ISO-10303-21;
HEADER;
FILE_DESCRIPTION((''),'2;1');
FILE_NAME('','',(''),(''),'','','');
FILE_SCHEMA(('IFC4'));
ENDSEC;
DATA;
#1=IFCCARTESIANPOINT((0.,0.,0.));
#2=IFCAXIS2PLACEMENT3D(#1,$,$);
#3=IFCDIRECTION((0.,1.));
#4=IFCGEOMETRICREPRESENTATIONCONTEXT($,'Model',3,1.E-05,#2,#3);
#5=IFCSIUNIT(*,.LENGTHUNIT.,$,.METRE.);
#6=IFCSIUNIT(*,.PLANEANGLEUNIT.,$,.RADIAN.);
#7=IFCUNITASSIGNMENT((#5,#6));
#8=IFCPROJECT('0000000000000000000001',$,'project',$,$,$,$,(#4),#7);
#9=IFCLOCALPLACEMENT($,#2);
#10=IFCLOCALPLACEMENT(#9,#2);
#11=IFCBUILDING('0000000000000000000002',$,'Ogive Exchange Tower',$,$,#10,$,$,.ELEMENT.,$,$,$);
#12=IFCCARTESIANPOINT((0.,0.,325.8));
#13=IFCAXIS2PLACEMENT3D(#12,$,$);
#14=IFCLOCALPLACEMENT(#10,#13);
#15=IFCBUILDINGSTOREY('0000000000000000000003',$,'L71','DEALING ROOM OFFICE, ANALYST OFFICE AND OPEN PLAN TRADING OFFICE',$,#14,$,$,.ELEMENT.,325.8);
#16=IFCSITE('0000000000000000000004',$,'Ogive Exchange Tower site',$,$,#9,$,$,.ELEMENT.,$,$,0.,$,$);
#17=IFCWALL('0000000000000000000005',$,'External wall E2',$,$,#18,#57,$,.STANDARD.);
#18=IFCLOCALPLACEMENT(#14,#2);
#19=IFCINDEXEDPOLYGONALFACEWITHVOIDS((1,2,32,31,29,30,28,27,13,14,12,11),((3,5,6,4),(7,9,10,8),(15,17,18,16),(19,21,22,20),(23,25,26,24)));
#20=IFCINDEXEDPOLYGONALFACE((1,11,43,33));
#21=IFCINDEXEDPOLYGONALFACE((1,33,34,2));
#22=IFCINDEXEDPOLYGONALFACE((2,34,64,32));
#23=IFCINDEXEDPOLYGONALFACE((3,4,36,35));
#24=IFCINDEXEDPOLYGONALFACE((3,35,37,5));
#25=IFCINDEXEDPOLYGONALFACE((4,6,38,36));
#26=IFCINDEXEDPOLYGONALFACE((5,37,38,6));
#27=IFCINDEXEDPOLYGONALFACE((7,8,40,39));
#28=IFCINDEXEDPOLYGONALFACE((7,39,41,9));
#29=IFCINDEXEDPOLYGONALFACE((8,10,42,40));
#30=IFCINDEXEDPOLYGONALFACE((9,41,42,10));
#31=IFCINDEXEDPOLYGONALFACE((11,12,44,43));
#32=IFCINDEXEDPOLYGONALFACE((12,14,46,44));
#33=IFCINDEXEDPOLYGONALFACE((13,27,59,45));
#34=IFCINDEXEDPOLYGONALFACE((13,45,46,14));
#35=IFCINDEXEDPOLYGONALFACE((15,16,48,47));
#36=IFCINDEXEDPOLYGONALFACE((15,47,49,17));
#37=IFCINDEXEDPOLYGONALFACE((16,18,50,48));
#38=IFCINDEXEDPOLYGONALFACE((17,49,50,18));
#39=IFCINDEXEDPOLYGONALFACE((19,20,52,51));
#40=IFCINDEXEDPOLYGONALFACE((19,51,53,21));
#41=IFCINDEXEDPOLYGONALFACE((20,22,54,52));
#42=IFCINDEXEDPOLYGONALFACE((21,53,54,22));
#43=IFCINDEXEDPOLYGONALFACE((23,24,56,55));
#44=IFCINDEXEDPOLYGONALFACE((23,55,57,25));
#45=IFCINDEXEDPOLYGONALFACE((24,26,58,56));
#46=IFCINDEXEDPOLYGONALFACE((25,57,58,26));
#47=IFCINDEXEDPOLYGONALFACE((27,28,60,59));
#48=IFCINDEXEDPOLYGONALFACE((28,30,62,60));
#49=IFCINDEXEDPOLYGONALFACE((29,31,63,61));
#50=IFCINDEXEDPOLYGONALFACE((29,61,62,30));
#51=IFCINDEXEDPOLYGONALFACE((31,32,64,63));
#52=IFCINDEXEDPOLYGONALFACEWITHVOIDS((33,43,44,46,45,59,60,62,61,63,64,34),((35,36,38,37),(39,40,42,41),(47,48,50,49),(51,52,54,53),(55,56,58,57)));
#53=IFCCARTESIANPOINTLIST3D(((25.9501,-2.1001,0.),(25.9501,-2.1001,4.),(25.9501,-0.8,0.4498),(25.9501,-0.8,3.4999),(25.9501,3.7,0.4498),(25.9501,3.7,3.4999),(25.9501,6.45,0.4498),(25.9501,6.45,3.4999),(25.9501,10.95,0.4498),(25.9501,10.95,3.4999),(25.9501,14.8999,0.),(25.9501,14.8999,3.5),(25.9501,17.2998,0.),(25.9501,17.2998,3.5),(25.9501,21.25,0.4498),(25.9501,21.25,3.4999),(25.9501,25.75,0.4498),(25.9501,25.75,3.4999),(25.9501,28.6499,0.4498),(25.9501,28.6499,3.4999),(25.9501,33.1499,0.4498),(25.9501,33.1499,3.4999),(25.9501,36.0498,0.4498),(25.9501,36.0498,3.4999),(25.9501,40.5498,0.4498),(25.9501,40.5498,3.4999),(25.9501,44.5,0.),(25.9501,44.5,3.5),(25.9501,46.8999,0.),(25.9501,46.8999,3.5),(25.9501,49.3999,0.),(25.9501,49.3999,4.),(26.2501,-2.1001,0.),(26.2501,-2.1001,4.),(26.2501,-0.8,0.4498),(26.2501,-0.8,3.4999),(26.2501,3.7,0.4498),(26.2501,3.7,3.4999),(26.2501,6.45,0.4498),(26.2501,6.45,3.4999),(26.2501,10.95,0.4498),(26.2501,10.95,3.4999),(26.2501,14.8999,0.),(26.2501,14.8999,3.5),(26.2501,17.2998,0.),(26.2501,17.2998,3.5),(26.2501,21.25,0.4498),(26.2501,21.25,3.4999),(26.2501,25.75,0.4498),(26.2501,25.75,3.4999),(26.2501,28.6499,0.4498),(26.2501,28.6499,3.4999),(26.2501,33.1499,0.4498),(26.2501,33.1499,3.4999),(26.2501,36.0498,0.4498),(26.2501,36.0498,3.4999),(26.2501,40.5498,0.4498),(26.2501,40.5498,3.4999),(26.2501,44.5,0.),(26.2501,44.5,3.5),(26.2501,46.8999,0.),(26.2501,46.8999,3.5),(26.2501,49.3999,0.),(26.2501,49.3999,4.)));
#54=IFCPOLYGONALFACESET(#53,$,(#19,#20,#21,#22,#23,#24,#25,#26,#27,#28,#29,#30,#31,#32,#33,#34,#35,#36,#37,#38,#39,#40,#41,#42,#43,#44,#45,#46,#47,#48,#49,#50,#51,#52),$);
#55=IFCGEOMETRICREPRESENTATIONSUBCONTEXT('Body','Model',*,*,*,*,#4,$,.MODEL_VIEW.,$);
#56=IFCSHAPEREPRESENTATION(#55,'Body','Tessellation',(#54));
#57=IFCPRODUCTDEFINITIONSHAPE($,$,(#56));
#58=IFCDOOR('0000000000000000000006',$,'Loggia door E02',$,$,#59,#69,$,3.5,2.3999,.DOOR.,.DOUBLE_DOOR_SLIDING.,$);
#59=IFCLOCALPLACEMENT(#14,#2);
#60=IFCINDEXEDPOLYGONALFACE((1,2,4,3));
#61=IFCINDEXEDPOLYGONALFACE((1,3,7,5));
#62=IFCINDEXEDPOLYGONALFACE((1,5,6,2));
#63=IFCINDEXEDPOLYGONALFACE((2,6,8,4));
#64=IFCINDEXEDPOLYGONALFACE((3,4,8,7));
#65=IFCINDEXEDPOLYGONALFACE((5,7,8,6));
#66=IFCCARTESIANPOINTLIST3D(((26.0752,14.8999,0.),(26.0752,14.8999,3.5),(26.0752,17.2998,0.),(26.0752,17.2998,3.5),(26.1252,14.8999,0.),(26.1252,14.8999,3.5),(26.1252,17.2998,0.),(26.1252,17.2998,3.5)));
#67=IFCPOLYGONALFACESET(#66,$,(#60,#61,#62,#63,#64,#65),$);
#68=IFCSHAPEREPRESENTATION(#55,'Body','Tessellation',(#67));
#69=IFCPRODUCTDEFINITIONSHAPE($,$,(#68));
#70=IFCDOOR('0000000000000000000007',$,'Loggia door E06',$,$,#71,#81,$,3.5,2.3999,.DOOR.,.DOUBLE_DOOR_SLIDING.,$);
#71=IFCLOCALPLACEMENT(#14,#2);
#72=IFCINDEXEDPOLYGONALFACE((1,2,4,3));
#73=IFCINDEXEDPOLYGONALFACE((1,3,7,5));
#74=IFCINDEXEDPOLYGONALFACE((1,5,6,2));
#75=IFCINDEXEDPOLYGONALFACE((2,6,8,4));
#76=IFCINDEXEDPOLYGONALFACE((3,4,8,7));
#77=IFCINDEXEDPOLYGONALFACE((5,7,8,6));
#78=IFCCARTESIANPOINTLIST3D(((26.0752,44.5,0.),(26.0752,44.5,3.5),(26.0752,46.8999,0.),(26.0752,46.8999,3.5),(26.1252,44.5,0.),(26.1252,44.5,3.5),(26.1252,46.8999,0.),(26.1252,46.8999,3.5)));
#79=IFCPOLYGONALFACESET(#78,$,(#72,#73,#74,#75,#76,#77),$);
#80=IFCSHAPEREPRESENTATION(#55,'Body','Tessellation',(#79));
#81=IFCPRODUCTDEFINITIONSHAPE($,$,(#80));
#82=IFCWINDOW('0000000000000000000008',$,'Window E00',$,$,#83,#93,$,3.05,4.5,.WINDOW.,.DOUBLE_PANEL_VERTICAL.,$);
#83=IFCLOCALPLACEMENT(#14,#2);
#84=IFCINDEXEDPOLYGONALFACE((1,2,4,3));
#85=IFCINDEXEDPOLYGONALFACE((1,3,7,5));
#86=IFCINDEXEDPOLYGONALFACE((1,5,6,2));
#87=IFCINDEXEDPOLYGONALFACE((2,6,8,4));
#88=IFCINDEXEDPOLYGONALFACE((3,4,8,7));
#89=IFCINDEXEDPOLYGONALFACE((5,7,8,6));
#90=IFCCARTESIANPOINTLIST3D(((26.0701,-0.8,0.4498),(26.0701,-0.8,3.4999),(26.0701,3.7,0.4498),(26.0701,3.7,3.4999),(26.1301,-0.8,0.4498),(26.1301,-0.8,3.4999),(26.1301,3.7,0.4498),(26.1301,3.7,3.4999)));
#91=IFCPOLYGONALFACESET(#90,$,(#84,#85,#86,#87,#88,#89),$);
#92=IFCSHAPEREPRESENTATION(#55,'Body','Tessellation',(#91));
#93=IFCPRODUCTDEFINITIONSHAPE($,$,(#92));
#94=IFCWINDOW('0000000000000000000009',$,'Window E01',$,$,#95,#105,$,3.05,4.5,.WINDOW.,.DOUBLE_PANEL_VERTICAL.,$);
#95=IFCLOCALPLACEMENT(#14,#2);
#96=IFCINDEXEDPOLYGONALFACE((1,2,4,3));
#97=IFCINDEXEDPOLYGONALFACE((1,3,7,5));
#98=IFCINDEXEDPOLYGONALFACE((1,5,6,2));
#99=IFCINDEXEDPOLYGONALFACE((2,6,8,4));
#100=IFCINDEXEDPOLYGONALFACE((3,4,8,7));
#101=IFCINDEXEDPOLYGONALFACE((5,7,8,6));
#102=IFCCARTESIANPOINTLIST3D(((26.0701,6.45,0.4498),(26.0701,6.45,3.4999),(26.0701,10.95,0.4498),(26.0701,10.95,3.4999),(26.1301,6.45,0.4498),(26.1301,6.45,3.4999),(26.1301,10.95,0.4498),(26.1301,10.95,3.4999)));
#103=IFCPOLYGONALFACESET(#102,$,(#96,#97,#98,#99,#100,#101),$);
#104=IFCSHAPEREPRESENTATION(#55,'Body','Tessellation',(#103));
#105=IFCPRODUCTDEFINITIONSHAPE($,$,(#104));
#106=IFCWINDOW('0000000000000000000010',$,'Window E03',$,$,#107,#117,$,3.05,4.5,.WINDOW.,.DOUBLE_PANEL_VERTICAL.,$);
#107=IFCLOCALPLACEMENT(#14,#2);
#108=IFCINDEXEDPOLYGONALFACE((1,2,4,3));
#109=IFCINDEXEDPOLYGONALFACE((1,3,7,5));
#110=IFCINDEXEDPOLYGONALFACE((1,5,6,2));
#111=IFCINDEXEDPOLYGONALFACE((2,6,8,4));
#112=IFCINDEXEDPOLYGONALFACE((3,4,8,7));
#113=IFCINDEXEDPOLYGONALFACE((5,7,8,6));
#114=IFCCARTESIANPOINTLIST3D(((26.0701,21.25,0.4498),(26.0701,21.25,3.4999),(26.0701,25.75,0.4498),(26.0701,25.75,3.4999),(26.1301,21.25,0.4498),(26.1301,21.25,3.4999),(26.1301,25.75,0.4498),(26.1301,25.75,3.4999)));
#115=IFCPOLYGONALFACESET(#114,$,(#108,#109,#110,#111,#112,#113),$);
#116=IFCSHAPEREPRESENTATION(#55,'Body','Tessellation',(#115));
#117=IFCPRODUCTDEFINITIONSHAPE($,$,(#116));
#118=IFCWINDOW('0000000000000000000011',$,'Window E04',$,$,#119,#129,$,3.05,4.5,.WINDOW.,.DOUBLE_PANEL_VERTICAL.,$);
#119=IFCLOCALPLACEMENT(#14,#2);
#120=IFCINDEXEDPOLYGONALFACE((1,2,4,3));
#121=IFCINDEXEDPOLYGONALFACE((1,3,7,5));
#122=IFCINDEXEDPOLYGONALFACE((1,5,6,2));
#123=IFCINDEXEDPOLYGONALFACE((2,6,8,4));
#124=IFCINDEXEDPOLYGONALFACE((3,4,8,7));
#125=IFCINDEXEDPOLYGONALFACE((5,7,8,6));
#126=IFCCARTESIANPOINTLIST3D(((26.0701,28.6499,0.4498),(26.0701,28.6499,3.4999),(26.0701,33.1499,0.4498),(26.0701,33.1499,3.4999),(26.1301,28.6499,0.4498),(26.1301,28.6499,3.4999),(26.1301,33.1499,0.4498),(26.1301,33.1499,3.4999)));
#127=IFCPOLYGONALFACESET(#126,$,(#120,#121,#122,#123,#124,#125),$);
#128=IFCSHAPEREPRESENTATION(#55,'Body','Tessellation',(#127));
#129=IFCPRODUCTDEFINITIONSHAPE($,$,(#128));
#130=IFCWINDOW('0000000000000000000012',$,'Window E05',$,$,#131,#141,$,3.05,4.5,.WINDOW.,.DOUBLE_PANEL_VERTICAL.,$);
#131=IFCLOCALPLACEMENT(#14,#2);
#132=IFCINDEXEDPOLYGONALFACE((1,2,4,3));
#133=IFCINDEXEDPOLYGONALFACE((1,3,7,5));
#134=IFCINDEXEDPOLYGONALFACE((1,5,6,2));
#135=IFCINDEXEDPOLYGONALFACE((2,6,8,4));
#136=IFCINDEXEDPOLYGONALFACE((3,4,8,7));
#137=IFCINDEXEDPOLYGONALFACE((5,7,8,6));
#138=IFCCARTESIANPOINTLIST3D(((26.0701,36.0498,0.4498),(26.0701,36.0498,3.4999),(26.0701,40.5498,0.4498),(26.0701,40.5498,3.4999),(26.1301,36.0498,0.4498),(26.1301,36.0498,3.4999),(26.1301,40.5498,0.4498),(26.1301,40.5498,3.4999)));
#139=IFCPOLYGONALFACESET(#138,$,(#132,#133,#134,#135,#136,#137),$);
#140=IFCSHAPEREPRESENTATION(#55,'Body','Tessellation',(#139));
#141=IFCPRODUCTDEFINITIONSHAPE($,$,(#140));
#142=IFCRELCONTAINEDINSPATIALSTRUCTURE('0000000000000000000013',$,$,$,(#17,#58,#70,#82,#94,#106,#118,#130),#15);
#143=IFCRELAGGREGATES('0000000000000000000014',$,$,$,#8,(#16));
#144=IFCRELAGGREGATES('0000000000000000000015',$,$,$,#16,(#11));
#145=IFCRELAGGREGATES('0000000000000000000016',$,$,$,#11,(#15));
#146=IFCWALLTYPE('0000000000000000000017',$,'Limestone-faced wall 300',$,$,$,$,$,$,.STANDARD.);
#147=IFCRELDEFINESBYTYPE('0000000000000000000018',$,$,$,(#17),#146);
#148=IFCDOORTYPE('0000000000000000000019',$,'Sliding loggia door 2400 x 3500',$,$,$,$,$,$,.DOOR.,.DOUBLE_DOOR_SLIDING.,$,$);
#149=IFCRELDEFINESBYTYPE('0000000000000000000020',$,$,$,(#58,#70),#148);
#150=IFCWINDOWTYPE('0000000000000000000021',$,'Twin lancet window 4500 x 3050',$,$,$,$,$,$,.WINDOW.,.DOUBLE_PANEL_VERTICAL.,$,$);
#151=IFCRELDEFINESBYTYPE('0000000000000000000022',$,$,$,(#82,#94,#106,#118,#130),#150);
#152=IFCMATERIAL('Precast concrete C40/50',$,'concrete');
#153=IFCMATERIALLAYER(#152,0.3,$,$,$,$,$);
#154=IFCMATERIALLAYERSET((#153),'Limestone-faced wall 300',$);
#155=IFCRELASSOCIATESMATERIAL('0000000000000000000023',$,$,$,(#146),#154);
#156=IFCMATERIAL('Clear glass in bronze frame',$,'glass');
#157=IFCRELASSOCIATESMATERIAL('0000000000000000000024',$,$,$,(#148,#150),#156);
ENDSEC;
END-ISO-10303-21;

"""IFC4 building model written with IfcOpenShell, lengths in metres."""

from ifc_helpers import new_model, si_unit, direction, frame, frame_2d, origin, place, context, subcontext, project, spatial, rectangle, extrude, material, layer, layer_set, type_object, element, fill, save


model = new_model("IFC4")

# Units and contexts
model_context = context("Model", 3, precision=1e-05, world=origin(), true_north=direction((0.0, 1.0)))
body_context = subcontext(model_context, "Body", "Model", "MODEL_VIEW")
ifc_project = project(units=[si_unit("LENGTHUNIT", "METRE"), si_unit("PLANEANGLEUNIT", "RADIAN")], contexts=[model_context])

# Site, building, storey
site_placement = place(None, origin())
site = spatial("IfcSite", under=ifc_project, at=site_placement, Name="Ogive Exchange Tower site", CompositionType="ELEMENT", RefElevation=0.0)
building_placement = place(site_placement, origin())
building = spatial("IfcBuilding", under=site, at=building_placement, Name="Ogive Exchange Tower", CompositionType="ELEMENT")
storey_placement = place(building_placement, frame((0.0, 0.0, 325.8)))
storey = spatial("IfcBuildingStorey", under=building, at=storey_placement, Name="L71", Description="DEALING ROOM OFFICE, ANALYST OFFICE AND OPEN PLAN TRADING OFFICE", CompositionType="ELEMENT", Elevation=325.8)

# Wall, openings, doors, windows
ifc_material_1 = material(Name="Precast concrete C40/50", Category="concrete")
ifc_layer_1 = layer(ifc_material_1, 0.3)
ifc_layer_set_1 = layer_set([ifc_layer_1], Name="Limestone-faced wall 300")
wall_type_1 = type_object("IfcWallType", Name="Limestone-faced wall 300", PredefinedType="STANDARD", material=ifc_layer_set_1)
wall_1_placement = place(storey_placement, frame((26.1001, -2.1001, 0.0), z_axis=(0.0, 0.0, 1.0), x_axis=(0.0, 1.0, 0.0)))
wall_1 = element("IfcWall", 1, at=wall_1_placement, inside=storey, type_object=wall_type_1, Name="External wall E2", PredefinedType="STANDARD", context=body_context, shape_type="SweptSolid", body=[
    extrude(rectangle(XDim=51.5, YDim=0.3, at=frame_2d((25.75, 0.0))), origin(), (0.0, 0.0, 1.0), 4.0),
])
opening_1_placement = place(wall_1_placement, frame((1.3, 0.0, 0.45)))
opening_1 = element("IfcOpeningElement", 2, at=opening_1_placement, cuts=wall_1, PredefinedType="OPENING", context=body_context, shape_type="SweptSolid", body=[
    extrude(rectangle(XDim=4.5, YDim=3.05, at=frame_2d((2.25, 1.5249))), frame((0.0, 0.1599, 0.0), z_axis=(0.0, -1.0, 0.0), x_axis=(1.0, 0.0, 0.0)), (0.0, 0.0, 1.0), 0.3201),
])
opening_2_placement = place(wall_1_placement, frame((8.55, 0.0, 0.45)))
opening_2 = element("IfcOpeningElement", 3, at=opening_2_placement, cuts=wall_1, PredefinedType="OPENING", context=body_context, shape_type="SweptSolid", body=[
    extrude(rectangle(XDim=4.5, YDim=3.05, at=frame_2d((2.25, 1.5249))), frame((0.0, 0.1599, 0.0), z_axis=(0.0, -1.0, 0.0), x_axis=(1.0, 0.0, 0.0)), (0.0, 0.0, 1.0), 0.3201),
])
opening_3_placement = place(wall_1_placement, frame((17.0, 0.0, 0.0)))
opening_3 = element("IfcOpeningElement", 4, at=opening_3_placement, cuts=wall_1, PredefinedType="OPENING", context=body_context, shape_type="SweptSolid", body=[
    extrude(rectangle(XDim=2.3999, YDim=3.5, at=frame_2d((1.2, 1.75))), frame((0.0, 0.1599, 0.0), z_axis=(0.0, -1.0, 0.0), x_axis=(1.0, 0.0, 0.0)), (0.0, 0.0, 1.0), 0.3201),
])
opening_4_placement = place(wall_1_placement, frame((23.3501, 0.0, 0.45)))
opening_4 = element("IfcOpeningElement", 5, at=opening_4_placement, cuts=wall_1, PredefinedType="OPENING", context=body_context, shape_type="SweptSolid", body=[
    extrude(rectangle(XDim=4.5, YDim=3.05, at=frame_2d((2.25, 1.5249))), frame((0.0, 0.1599, 0.0), z_axis=(0.0, -1.0, 0.0), x_axis=(1.0, 0.0, 0.0)), (0.0, 0.0, 1.0), 0.3201),
])
opening_5_placement = place(wall_1_placement, frame((30.75, 0.0, 0.45)))
opening_5 = element("IfcOpeningElement", 6, at=opening_5_placement, cuts=wall_1, PredefinedType="OPENING", context=body_context, shape_type="SweptSolid", body=[
    extrude(rectangle(XDim=4.5, YDim=3.05, at=frame_2d((2.25, 1.5249))), frame((0.0, 0.1599, 0.0), z_axis=(0.0, -1.0, 0.0), x_axis=(1.0, 0.0, 0.0)), (0.0, 0.0, 1.0), 0.3201),
])
opening_6_placement = place(wall_1_placement, frame((38.1499, 0.0, 0.45)))
opening_6 = element("IfcOpeningElement", 7, at=opening_6_placement, cuts=wall_1, PredefinedType="OPENING", context=body_context, shape_type="SweptSolid", body=[
    extrude(rectangle(XDim=4.5, YDim=3.05, at=frame_2d((2.25, 1.5249))), frame((0.0, 0.1599, 0.0), z_axis=(0.0, -1.0, 0.0), x_axis=(1.0, 0.0, 0.0)), (0.0, 0.0, 1.0), 0.3201),
])
opening_7_placement = place(wall_1_placement, frame((46.6001, 0.0, 0.0)))
opening_7 = element("IfcOpeningElement", 8, at=opening_7_placement, cuts=wall_1, PredefinedType="OPENING", context=body_context, shape_type="SweptSolid", body=[
    extrude(rectangle(XDim=2.3999, YDim=3.5, at=frame_2d((1.2, 1.75))), frame((0.0, 0.1599, 0.0), z_axis=(0.0, -1.0, 0.0), x_axis=(1.0, 0.0, 0.0)), (0.0, 0.0, 1.0), 0.3201),
])
ifc_material_2 = material(Name="Clear glass in bronze frame", Category="glass")
door_type_1 = type_object("IfcDoorType", Name="Sliding loggia door 2400 x 3500", OperationType="DOUBLE_DOOR_SLIDING", PredefinedType="DOOR", material=ifc_material_2)
door_1_placement = place(opening_3_placement, origin())
door_1 = element("IfcDoor", 9, at=door_1_placement, inside=storey, type_object=door_type_1, Name="Loggia door E02", OperationType="DOUBLE_DOOR_SLIDING", OverallHeight=3.5, OverallWidth=2.3999, PredefinedType="DOOR", context=body_context, shape_type="SweptSolid", body=[
    extrude(rectangle(XDim=2.3999, YDim=3.5, at=frame_2d((1.2, 1.75))), frame((0.0, 0.0249, 0.0), z_axis=(0.0, -1.0, 0.0), x_axis=(1.0, 0.0, 0.0)), (0.0, 0.0, 1.0), 0.05),
])
fill(opening_3, door_1)
door_2_placement = place(opening_7_placement, origin())
door_2 = element("IfcDoor", 10, at=door_2_placement, inside=storey, type_object=door_type_1, Name="Loggia door E06", OperationType="DOUBLE_DOOR_SLIDING", OverallHeight=3.5, OverallWidth=2.3999, PredefinedType="DOOR", context=body_context, shape_type="SweptSolid", body=[
    extrude(rectangle(XDim=2.3999, YDim=3.5, at=frame_2d((1.2, 1.75))), frame((0.0, 0.0249, 0.0), z_axis=(0.0, -1.0, 0.0), x_axis=(1.0, 0.0, 0.0)), (0.0, 0.0, 1.0), 0.05),
])
fill(opening_7, door_2)
window_type = type_object("IfcWindowType", Name="Twin lancet window 4500 x 3050", PartitioningType="DOUBLE_PANEL_VERTICAL", PredefinedType="WINDOW", material=ifc_material_2)
window_1_placement = place(opening_1_placement, origin())
window_1 = element("IfcWindow", 11, at=window_1_placement, inside=storey, type_object=window_type, Name="Window E00", OverallHeight=3.05, OverallWidth=4.5, PartitioningType="DOUBLE_PANEL_VERTICAL", PredefinedType="WINDOW", context=body_context, shape_type="SweptSolid", body=[
    extrude(rectangle(XDim=4.5, YDim=3.05, at=frame_2d((2.25, 1.5249))), frame((0.0, 0.03, 0.0), z_axis=(0.0, -1.0, 0.0), x_axis=(1.0, 0.0, 0.0)), (0.0, 0.0, 1.0), 0.0601),
])
fill(opening_1, window_1)
window_2_placement = place(opening_2_placement, origin())
window_2 = element("IfcWindow", 12, at=window_2_placement, inside=storey, type_object=window_type, Name="Window E01", OverallHeight=3.05, OverallWidth=4.5, PartitioningType="DOUBLE_PANEL_VERTICAL", PredefinedType="WINDOW", context=body_context, shape_type="SweptSolid", body=[
    extrude(rectangle(XDim=4.5, YDim=3.05, at=frame_2d((2.25, 1.5249))), frame((0.0, 0.03, 0.0), z_axis=(0.0, -1.0, 0.0), x_axis=(1.0, 0.0, 0.0)), (0.0, 0.0, 1.0), 0.0601),
])
fill(opening_2, window_2)
window_3_placement = place(opening_4_placement, origin())
window_3 = element("IfcWindow", 13, at=window_3_placement, inside=storey, type_object=window_type, Name="Window E03", OverallHeight=3.05, OverallWidth=4.5, PartitioningType="DOUBLE_PANEL_VERTICAL", PredefinedType="WINDOW", context=body_context, shape_type="SweptSolid", body=[
    extrude(rectangle(XDim=4.5, YDim=3.05, at=frame_2d((2.25, 1.5249))), frame((0.0, 0.03, 0.0), z_axis=(0.0, -1.0, 0.0), x_axis=(1.0, 0.0, 0.0)), (0.0, 0.0, 1.0), 0.0601),
])
fill(opening_4, window_3)
window_4_placement = place(opening_5_placement, origin())
window_4 = element("IfcWindow", 14, at=window_4_placement, inside=storey, type_object=window_type, Name="Window E04", OverallHeight=3.05, OverallWidth=4.5, PartitioningType="DOUBLE_PANEL_VERTICAL", PredefinedType="WINDOW", context=body_context, shape_type="SweptSolid", body=[
    extrude(rectangle(XDim=4.5, YDim=3.05, at=frame_2d((2.25, 1.5249))), frame((0.0, 0.03, 0.0), z_axis=(0.0, -1.0, 0.0), x_axis=(1.0, 0.0, 0.0)), (0.0, 0.0, 1.0), 0.0601),
])
fill(opening_5, window_4)
window_5_placement = place(opening_6_placement, origin())
window_5 = element("IfcWindow", 15, at=window_5_placement, inside=storey, type_object=window_type, Name="Window E05", OverallHeight=3.05, OverallWidth=4.5, PartitioningType="DOUBLE_PANEL_VERTICAL", PredefinedType="WINDOW", context=body_context, shape_type="SweptSolid", body=[
    extrude(rectangle(XDim=4.5, YDim=3.05, at=frame_2d((2.25, 1.5249))), frame((0.0, 0.03, 0.0), z_axis=(0.0, -1.0, 0.0), x_axis=(1.0, 0.0, 0.0)), (0.0, 0.0, 1.0), 0.0601),
])
fill(opening_6, window_5)

save(model, "model.ifc")
